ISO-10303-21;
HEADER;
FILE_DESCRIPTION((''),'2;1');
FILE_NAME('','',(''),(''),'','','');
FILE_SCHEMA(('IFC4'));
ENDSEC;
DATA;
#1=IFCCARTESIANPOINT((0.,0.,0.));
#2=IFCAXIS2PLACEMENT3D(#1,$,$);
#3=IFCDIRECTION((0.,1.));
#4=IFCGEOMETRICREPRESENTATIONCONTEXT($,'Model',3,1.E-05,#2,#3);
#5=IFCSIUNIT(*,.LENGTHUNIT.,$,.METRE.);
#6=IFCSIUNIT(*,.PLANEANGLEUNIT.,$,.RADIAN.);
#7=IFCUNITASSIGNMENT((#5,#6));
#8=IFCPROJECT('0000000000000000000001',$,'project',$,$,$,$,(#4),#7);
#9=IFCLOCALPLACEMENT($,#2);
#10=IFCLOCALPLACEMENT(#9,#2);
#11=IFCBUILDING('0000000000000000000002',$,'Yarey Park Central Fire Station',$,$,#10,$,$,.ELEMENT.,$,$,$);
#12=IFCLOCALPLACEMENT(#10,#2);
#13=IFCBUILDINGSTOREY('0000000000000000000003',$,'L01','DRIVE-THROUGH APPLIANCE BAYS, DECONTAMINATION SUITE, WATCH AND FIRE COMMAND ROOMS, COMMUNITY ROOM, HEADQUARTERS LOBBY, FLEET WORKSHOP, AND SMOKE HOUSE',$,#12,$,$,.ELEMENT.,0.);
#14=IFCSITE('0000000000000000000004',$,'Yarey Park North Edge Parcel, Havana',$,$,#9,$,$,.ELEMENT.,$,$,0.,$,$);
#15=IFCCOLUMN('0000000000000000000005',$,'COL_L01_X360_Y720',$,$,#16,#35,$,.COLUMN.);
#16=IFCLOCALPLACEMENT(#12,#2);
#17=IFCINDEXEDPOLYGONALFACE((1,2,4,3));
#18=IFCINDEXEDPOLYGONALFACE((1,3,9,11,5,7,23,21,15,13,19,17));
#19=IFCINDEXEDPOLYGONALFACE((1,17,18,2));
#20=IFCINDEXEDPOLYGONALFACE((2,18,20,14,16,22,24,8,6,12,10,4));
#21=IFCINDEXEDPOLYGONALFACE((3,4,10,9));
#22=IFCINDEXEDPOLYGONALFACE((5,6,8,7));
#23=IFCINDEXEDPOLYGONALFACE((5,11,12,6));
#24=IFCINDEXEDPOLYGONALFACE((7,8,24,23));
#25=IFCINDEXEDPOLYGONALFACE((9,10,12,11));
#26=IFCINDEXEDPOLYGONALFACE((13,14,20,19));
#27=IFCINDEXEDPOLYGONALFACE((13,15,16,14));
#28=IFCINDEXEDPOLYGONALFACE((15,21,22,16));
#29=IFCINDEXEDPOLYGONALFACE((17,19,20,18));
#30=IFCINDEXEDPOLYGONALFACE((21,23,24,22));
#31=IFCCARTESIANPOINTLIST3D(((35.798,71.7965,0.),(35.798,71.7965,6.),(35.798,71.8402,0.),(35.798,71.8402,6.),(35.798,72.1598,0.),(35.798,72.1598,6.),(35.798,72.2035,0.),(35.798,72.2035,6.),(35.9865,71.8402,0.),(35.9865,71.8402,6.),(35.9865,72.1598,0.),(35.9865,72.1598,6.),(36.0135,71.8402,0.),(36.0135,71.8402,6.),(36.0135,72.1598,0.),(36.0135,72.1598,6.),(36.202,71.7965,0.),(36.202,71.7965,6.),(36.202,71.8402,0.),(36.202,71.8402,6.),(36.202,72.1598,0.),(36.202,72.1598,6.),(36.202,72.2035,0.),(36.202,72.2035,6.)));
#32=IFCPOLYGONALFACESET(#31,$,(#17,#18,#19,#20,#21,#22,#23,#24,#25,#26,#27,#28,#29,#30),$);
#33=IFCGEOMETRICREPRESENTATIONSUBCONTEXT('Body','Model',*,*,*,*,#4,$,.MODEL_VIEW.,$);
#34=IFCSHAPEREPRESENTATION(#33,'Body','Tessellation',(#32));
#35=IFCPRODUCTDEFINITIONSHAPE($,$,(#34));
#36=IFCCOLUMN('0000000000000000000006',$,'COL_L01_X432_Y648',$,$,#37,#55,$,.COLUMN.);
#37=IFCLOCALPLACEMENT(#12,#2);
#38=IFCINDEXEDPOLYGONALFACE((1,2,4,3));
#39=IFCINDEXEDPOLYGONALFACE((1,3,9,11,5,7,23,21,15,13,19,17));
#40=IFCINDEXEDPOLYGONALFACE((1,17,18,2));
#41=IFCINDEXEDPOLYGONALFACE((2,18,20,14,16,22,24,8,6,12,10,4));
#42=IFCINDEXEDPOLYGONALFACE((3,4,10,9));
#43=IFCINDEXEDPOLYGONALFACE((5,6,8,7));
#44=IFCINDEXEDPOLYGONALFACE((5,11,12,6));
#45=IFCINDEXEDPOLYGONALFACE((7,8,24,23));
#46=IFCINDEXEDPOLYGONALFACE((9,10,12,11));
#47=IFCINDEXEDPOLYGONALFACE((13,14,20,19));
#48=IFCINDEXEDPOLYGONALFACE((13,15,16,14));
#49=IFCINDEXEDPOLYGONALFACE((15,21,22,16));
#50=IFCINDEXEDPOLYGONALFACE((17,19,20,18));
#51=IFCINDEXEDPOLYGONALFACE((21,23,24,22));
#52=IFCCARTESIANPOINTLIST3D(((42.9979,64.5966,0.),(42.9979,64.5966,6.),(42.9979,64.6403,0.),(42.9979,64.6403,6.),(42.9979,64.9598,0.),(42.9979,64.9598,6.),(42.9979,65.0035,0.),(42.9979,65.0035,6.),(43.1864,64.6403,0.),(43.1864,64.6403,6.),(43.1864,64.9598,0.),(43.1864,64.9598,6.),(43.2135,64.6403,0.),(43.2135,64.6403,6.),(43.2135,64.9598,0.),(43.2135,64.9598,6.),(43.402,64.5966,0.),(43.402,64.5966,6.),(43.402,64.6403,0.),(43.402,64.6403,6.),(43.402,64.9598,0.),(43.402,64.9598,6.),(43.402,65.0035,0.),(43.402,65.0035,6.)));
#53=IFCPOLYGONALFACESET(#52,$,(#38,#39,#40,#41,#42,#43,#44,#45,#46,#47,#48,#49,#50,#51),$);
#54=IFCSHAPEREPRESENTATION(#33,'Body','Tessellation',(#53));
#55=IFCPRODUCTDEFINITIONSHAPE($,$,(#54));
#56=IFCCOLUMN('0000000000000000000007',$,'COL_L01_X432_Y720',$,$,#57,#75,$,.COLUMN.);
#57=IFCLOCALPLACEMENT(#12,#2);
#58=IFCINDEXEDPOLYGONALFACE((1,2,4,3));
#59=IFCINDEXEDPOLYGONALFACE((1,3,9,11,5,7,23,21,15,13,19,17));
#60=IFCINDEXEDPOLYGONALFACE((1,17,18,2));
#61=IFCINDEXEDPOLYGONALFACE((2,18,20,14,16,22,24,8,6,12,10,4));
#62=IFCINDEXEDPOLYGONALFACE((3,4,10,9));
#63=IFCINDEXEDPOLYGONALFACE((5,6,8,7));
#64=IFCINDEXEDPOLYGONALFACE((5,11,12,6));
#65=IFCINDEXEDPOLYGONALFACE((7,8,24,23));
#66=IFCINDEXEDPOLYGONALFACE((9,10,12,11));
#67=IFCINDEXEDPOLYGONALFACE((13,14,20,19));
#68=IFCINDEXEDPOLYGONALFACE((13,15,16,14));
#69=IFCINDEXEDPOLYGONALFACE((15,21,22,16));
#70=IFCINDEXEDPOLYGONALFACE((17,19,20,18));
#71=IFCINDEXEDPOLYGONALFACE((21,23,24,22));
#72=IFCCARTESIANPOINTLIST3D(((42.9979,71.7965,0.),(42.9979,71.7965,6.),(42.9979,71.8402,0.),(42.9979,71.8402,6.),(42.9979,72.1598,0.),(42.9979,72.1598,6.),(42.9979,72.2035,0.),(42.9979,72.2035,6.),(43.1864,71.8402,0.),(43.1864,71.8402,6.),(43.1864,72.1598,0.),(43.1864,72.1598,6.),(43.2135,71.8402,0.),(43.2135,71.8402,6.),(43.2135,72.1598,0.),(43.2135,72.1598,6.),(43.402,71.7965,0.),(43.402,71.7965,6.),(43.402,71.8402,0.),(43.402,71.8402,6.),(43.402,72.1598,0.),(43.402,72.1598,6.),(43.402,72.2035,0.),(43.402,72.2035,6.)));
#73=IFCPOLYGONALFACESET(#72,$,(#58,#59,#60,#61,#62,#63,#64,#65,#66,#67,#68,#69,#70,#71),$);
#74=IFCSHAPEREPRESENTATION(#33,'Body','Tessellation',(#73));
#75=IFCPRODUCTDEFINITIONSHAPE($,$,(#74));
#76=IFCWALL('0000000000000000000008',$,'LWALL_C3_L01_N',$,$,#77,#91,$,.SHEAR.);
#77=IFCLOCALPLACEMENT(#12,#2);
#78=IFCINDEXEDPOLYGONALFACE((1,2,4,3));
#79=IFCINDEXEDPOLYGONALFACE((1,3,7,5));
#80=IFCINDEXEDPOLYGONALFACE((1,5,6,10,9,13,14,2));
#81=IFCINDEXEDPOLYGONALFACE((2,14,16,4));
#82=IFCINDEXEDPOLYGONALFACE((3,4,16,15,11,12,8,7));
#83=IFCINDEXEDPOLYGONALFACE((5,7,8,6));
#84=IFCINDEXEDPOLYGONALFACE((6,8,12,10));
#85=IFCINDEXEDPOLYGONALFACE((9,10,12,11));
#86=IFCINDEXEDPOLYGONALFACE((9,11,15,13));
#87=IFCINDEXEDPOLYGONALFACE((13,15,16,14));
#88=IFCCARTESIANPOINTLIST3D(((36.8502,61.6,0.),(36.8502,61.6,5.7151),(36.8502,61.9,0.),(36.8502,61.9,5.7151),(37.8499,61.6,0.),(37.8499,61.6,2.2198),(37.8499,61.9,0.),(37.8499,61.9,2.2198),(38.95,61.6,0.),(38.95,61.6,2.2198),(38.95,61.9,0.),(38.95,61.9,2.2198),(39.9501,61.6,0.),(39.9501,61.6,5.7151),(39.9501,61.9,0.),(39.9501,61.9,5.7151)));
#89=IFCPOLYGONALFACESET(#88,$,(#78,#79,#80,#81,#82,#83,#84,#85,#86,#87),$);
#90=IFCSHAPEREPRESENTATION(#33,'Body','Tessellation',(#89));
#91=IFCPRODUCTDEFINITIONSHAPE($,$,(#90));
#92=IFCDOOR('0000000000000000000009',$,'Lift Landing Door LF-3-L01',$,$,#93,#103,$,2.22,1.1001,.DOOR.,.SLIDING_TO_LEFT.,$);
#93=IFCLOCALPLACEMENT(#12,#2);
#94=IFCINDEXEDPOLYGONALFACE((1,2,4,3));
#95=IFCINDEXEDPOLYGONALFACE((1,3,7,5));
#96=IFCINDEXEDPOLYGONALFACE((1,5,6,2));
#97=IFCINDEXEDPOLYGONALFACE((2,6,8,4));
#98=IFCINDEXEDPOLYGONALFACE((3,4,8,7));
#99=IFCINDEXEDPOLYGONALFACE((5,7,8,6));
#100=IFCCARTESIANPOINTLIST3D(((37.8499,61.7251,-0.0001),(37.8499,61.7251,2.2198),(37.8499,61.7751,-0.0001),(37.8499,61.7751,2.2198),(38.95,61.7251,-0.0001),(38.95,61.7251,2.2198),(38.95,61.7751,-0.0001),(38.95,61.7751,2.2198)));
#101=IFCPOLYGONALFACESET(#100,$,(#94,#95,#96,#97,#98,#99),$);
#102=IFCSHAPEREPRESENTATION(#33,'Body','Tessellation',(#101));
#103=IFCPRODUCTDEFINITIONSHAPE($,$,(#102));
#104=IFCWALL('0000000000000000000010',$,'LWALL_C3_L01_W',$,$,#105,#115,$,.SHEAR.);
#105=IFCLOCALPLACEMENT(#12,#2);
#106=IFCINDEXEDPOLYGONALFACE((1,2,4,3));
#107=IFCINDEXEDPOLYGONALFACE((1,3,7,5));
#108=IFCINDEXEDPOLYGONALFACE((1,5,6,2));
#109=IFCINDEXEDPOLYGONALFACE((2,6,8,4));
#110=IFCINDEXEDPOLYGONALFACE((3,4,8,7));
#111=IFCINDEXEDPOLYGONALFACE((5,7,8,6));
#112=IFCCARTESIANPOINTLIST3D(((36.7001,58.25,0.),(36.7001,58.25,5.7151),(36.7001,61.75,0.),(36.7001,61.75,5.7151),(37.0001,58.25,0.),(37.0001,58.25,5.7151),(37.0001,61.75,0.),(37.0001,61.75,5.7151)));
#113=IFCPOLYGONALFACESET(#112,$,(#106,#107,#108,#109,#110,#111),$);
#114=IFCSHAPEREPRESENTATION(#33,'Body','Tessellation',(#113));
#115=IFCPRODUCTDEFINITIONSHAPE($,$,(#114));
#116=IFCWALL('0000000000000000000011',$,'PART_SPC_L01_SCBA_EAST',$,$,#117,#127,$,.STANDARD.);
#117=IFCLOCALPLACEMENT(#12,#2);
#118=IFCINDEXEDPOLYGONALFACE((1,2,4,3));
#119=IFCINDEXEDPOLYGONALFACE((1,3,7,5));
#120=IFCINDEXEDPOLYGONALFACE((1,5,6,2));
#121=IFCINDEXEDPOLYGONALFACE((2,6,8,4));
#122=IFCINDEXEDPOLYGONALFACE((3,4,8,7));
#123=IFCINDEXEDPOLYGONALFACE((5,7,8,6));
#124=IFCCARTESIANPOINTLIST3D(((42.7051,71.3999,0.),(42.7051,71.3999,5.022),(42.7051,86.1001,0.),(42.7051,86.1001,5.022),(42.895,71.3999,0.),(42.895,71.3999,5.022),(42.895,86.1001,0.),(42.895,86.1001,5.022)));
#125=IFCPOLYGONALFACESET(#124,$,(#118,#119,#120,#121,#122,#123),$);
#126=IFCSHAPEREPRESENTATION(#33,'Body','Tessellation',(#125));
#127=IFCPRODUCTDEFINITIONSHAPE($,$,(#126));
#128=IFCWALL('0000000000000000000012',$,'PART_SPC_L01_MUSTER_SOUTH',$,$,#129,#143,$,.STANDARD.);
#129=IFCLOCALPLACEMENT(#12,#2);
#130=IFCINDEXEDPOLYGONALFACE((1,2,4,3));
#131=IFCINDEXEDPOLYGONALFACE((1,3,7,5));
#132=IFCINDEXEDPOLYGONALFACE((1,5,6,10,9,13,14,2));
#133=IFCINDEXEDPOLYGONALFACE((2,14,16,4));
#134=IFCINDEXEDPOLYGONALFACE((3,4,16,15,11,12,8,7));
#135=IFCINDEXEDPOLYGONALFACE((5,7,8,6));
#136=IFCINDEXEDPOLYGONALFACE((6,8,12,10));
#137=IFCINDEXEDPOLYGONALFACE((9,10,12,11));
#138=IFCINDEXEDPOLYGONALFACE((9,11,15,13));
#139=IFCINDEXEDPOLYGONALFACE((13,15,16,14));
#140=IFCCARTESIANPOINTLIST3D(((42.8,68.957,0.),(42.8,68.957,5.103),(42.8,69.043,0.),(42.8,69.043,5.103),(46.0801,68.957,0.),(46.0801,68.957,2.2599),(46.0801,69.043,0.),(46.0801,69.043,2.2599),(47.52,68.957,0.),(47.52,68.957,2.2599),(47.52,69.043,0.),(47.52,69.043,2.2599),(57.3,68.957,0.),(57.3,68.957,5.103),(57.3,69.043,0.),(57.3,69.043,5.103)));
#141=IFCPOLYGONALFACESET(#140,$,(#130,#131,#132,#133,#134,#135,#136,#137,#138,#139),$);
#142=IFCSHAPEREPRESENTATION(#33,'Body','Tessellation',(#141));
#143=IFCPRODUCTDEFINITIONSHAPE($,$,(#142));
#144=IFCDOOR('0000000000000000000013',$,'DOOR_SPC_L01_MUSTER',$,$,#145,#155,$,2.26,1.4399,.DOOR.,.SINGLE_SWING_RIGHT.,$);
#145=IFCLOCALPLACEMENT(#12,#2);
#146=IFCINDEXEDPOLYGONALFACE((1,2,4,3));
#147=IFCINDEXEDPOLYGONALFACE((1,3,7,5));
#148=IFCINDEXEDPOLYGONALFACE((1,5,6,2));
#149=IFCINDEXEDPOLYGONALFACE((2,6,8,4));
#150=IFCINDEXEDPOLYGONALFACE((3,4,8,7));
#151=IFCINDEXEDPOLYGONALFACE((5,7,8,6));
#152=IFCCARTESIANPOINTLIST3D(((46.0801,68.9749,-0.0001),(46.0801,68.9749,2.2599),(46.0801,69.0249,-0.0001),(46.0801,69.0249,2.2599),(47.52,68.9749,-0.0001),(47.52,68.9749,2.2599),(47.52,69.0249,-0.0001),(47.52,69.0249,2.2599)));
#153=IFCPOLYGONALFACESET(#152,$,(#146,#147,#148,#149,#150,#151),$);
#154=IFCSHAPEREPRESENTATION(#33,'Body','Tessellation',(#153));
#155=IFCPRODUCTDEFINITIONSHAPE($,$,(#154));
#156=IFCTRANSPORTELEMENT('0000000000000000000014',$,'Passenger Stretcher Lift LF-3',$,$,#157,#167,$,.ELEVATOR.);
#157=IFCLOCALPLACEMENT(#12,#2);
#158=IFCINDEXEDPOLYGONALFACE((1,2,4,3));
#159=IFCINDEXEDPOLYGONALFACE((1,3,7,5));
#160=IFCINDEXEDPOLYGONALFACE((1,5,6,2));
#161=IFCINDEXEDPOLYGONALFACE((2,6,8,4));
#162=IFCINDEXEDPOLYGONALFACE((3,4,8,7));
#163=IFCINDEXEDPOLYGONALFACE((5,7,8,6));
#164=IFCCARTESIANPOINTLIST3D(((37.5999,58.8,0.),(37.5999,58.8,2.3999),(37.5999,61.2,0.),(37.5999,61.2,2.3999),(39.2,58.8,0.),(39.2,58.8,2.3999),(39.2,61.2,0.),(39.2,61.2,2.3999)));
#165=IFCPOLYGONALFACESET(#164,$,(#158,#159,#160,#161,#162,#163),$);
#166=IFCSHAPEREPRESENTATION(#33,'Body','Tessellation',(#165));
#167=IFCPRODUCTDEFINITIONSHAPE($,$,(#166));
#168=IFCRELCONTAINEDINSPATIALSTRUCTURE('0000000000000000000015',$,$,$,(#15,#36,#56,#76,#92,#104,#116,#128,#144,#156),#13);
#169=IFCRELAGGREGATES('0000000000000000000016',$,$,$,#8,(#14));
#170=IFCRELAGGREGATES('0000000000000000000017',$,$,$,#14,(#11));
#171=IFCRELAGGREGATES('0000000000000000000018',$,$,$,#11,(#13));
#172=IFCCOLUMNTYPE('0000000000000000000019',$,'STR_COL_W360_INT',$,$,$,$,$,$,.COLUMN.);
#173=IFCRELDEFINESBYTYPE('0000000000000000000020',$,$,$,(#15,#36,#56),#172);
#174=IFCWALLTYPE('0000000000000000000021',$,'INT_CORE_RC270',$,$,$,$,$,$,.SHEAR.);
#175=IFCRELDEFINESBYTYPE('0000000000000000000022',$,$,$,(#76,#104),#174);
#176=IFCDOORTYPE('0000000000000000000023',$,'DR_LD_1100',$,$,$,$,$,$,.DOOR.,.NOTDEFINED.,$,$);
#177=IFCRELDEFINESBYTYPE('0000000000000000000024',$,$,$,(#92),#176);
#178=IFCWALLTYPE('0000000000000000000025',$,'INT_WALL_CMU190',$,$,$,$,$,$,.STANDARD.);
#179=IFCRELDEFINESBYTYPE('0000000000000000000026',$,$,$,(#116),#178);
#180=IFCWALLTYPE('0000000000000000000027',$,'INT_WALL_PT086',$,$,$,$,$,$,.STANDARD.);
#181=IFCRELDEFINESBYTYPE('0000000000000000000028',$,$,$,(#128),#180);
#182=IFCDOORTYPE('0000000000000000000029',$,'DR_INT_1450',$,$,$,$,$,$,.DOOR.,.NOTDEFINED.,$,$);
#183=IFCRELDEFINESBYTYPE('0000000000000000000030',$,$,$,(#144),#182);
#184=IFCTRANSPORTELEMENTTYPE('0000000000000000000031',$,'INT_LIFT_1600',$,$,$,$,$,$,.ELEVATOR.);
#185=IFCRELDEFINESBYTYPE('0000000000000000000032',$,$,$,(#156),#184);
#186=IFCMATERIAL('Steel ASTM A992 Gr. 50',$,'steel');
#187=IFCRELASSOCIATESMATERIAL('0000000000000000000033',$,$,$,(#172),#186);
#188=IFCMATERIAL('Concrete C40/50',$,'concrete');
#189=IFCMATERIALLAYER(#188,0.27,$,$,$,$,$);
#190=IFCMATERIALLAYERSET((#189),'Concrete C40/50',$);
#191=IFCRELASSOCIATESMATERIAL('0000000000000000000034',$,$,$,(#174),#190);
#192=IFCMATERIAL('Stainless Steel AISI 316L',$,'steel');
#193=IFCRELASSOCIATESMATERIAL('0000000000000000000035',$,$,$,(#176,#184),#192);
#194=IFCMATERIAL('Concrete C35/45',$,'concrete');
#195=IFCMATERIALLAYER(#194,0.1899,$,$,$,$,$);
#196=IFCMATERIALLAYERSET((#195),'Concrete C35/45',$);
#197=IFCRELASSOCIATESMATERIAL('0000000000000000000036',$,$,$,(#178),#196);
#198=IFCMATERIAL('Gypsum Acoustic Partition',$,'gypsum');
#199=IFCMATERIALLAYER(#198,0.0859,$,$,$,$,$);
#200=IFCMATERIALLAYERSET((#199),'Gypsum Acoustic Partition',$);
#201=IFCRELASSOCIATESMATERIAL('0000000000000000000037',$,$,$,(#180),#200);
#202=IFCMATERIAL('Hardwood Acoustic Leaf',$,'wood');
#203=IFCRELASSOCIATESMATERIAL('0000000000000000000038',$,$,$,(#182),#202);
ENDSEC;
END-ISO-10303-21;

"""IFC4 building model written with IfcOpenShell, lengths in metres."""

from ifc_helpers import new_model, si_unit, direction, frame, frame_2d, origin, origin_2d, place, context, subcontext, project, spatial, rectangle, i_section, extrude, material, layer, layer_set, material_profile, profile_set, type_object, element, fill, save


model = new_model("IFC4")

# Units and contexts
model_context = context("Model", 3, precision=1e-05, world=origin(), true_north=direction((0.0, 1.0)))
body_context = subcontext(model_context, "Body", "Model", "MODEL_VIEW")
ifc_project = project(units=[si_unit("LENGTHUNIT", "METRE"), si_unit("PLANEANGLEUNIT", "RADIAN")], contexts=[model_context])

# Site, building, storey
site_placement = place(None, origin())
site = spatial("IfcSite", under=ifc_project, at=site_placement, Name="Yarey Park North Edge Parcel, Havana", CompositionType="ELEMENT", RefElevation=0.0)
building_placement = place(site_placement, origin())
building = spatial("IfcBuilding", under=site, at=building_placement, Name="Yarey Park Central Fire Station", CompositionType="ELEMENT")
storey_placement = place(building_placement, origin())
storey = spatial("IfcBuildingStorey", under=building, at=storey_placement, Name="L01", Description="DRIVE-THROUGH APPLIANCE BAYS, DECONTAMINATION SUITE, WATCH AND FIRE COMMAND ROOMS, COMMUNITY ROOM, HEADQUARTERS LOBBY, FLEET WORKSHOP, AND SMOKE HOUSE", CompositionType="ELEMENT", Elevation=0.0)

# Shared definitions
ifc_material_1 = material(Name="Concrete C35/45", Category="concrete")

# Columns
ifc_material_2 = material(Name="Steel ASTM A992 Gr. 50", Category="steel")
ifc_material_profile_1 = material_profile(ifc_material_2, i_section(OverallWidth=0.4041, OverallDepth=0.407, WebThickness=0.0271, FlangeThickness=0.0437, at=origin_2d()), Name="W360x347")
ifc_profile_set_1 = profile_set([ifc_material_profile_1], Name="Steel ASTM A992 Gr. 50")
column_type = type_object("IfcColumnType", Name="STR_COL_W360_INT", PredefinedType="COLUMN", material=ifc_profile_set_1)
for number, where, z_axis, x_axis, name in (
    (1, (36.0, 72.0, 0.0), (0.0, 0.0, 1.0), (1.0, 0.0, 0.0), "COL_L01_X360_Y720"),
    (2, (43.2, 64.8, 0.0), (0.0, 0.0, 1.0), (1.0, 0.0, 0.0), "COL_L01_X432_Y648"),
    (3, (43.2, 72.0, 0.0), (0.0, 0.0, 1.0), (1.0, 0.0, 0.0), "COL_L01_X432_Y720"),
):
    element("IfcColumn", number, at=place(storey_placement, frame(where, z_axis=z_axis, x_axis=x_axis)), inside=storey, type_object=column_type, Name=name, PredefinedType="COLUMN", context=body_context, shape_type="SweptSolid", body=[
        extrude(i_section(OverallWidth=0.4041, OverallDepth=0.407, WebThickness=0.0271, FlangeThickness=0.0437, at=origin_2d()), origin(), (0.0, 0.0, 1.0), 6.0),
    ])

# Wall, opening, door
ifc_material_3 = material(Name="Concrete C40/50", Category="concrete")
ifc_layer_1 = layer(ifc_material_3, 0.27)
ifc_layer_set_1 = layer_set([ifc_layer_1], Name="Concrete C40/50")
wall_type_1 = type_object("IfcWallType", Name="INT_CORE_RC270", PredefinedType="SHEAR", material=ifc_layer_set_1)
wall_1_placement = place(storey_placement, frame((39.95, 61.75, 0.0), z_axis=(0.0, 0.0, 1.0), x_axis=(-1.0, 0.0, 0.0)))
wall_1 = element("IfcWall", 4, at=wall_1_placement, inside=storey, type_object=wall_type_1, Name="LWALL_C3_L01_N", PredefinedType="SHEAR", context=body_context, shape_type="SweptSolid", body=[
    extrude(rectangle(XDim=3.0999, YDim=0.3, at=frame_2d((1.5498, 0.0))), origin(), (0.0, 0.0, 1.0), 5.7151),
])
opening_1_placement = place(wall_1_placement, frame((1.0, 0.0, 0.0)))
opening_1 = element("IfcOpeningElement", 5, at=opening_1_placement, cuts=wall_1, PredefinedType="OPENING", context=body_context, shape_type="SweptSolid", body=[
    extrude(rectangle(XDim=1.1001, YDim=2.22, at=frame_2d((0.55, 1.1099))), frame((0.0, 0.1599, 0.0), z_axis=(0.0, -1.0, 0.0), x_axis=(1.0, 0.0, 0.0)), (0.0, 0.0, 1.0), 0.3201),
])
ifc_material_4 = material(Name="Stainless Steel AISI 316L", Category="steel")
door_type_1 = type_object("IfcDoorType", Name="DR_LD_1100", OperationType="NOTDEFINED", PredefinedType="DOOR", material=ifc_material_4)
door_1_placement = place(opening_1_placement, origin())
door_1 = element("IfcDoor", 6, at=door_1_placement, inside=storey, type_object=door_type_1, Name="Lift Landing Door LF-3-L01", OperationType="SLIDING_TO_LEFT", OverallHeight=2.22, OverallWidth=1.1001, PredefinedType="DOOR", context=body_context, shape_type="SweptSolid", body=[
    extrude(rectangle(XDim=1.1001, YDim=2.22, at=frame_2d((0.55, 1.1099))), frame((0.0, 0.0249, 0.0), z_axis=(0.0, -1.0, 0.0), x_axis=(1.0, 0.0, 0.0)), (0.0, 0.0, 1.0), 0.05),
])
fill(opening_1, door_1)

# Walls
wall_2_placement = place(storey_placement, frame((36.8501, 61.75, 0.0), z_axis=(0.0, 0.0, 1.0), x_axis=(0.0, -1.0, 0.0)))
element("IfcWall", 7, at=wall_2_placement, inside=storey, type_object=wall_type_1, Name="LWALL_C3_L01_W", PredefinedType="SHEAR", context=body_context, shape_type="SweptSolid", body=[
    extrude(rectangle(XDim=3.5, YDim=0.3, at=frame_2d((1.75, 0.0))), origin(), (0.0, 0.0, 1.0), 5.7151),
])
ifc_layer_2 = layer(ifc_material_1, 0.1899)
ifc_layer_set_2 = layer_set([ifc_layer_2], Name="Concrete C35/45")
wall_type_2 = type_object("IfcWallType", Name="INT_WALL_CMU190", PredefinedType="STANDARD", material=ifc_layer_set_2)
wall_3_placement = place(storey_placement, frame((42.8, 71.3999, 0.0), z_axis=(0.0, 0.0, 1.0), x_axis=(0.0, 1.0, 0.0)))
element("IfcWall", 8, at=wall_3_placement, inside=storey, type_object=wall_type_2, Name="PART_SPC_L01_SCBA_EAST", PredefinedType="STANDARD", context=body_context, shape_type="SweptSolid", body=[
    extrude(rectangle(XDim=14.7002, YDim=0.1899, at=frame_2d((7.3501, 0.0))), origin(), (0.0, 0.0, 1.0), 5.022),
])

# Wall, opening, door
ifc_material_5 = material(Name="Gypsum Acoustic Partition", Category="gypsum")
ifc_layer_3 = layer(ifc_material_5, 0.0859)
ifc_layer_set_3 = layer_set([ifc_layer_3], Name="Gypsum Acoustic Partition")
wall_type_3 = type_object("IfcWallType", Name="INT_WALL_PT086", PredefinedType="STANDARD", material=ifc_layer_set_3)
wall_4_placement = place(storey_placement, frame((42.8, 69.0, 0.0), z_axis=(0.0, 0.0, 1.0), x_axis=(1.0, 0.0, 0.0)))
wall_4 = element("IfcWall", 9, at=wall_4_placement, inside=storey, type_object=wall_type_3, Name="PART_SPC_L01_MUSTER_SOUTH", PredefinedType="STANDARD", context=body_context, shape_type="SweptSolid", body=[
    extrude(rectangle(XDim=14.5, YDim=0.0859, at=frame_2d((7.25, 0.0))), origin(), (0.0, 0.0, 1.0), 5.103),
])
opening_2_placement = place(wall_4_placement, frame((3.28, 0.0, 0.0)))
opening_2 = element("IfcOpeningElement", 10, at=opening_2_placement, cuts=wall_4, PredefinedType="OPENING", context=body_context, shape_type="SweptSolid", body=[
    extrude(rectangle(XDim=1.4399, YDim=2.26, at=frame_2d((0.72, 1.1299))), frame((0.0, 0.053, 0.0), z_axis=(0.0, -1.0, 0.0), x_axis=(1.0, 0.0, 0.0)), (0.0, 0.0, 1.0), 0.106),
])
ifc_material_6 = material(Name="Hardwood Acoustic Leaf", Category="wood")
door_type_2 = type_object("IfcDoorType", Name="DR_INT_1450", OperationType="NOTDEFINED", PredefinedType="DOOR", material=ifc_material_6)
door_2_placement = place(opening_2_placement, origin())
door_2 = element("IfcDoor", 11, at=door_2_placement, inside=storey, type_object=door_type_2, Name="DOOR_SPC_L01_MUSTER", OperationType="SINGLE_SWING_RIGHT", OverallHeight=2.26, OverallWidth=1.4399, PredefinedType="DOOR", context=body_context, shape_type="SweptSolid", body=[
    extrude(rectangle(XDim=1.4399, YDim=2.26, at=frame_2d((0.72, 1.1299))), frame((0.0, 0.0249, 0.0), z_axis=(0.0, -1.0, 0.0), x_axis=(1.0, 0.0, 0.0)), (0.0, 0.0, 1.0), 0.05),
])
fill(opening_2, door_2)

# Transport element
transport_element_type = type_object("IfcTransportElementType", Name="INT_LIFT_1600", PredefinedType="ELEVATOR", material=ifc_material_4)
transport_element_placement = place(storey_placement, frame((38.3999, 60.0, 0.0), z_axis=(0.0, 0.0, 1.0), x_axis=(1.0, 0.0, 0.0)))
element("IfcTransportElement", 12, at=transport_element_placement, inside=storey, type_object=transport_element_type, Name="Passenger Stretcher Lift LF-3", PredefinedType="ELEVATOR", context=body_context, shape_type="SweptSolid", body=[
    extrude(rectangle(XDim=1.6001, YDim=2.3999, at=origin_2d()), origin(), (0.0, 0.0, 1.0), 2.3999),
])

save(model, "model.ifc")
